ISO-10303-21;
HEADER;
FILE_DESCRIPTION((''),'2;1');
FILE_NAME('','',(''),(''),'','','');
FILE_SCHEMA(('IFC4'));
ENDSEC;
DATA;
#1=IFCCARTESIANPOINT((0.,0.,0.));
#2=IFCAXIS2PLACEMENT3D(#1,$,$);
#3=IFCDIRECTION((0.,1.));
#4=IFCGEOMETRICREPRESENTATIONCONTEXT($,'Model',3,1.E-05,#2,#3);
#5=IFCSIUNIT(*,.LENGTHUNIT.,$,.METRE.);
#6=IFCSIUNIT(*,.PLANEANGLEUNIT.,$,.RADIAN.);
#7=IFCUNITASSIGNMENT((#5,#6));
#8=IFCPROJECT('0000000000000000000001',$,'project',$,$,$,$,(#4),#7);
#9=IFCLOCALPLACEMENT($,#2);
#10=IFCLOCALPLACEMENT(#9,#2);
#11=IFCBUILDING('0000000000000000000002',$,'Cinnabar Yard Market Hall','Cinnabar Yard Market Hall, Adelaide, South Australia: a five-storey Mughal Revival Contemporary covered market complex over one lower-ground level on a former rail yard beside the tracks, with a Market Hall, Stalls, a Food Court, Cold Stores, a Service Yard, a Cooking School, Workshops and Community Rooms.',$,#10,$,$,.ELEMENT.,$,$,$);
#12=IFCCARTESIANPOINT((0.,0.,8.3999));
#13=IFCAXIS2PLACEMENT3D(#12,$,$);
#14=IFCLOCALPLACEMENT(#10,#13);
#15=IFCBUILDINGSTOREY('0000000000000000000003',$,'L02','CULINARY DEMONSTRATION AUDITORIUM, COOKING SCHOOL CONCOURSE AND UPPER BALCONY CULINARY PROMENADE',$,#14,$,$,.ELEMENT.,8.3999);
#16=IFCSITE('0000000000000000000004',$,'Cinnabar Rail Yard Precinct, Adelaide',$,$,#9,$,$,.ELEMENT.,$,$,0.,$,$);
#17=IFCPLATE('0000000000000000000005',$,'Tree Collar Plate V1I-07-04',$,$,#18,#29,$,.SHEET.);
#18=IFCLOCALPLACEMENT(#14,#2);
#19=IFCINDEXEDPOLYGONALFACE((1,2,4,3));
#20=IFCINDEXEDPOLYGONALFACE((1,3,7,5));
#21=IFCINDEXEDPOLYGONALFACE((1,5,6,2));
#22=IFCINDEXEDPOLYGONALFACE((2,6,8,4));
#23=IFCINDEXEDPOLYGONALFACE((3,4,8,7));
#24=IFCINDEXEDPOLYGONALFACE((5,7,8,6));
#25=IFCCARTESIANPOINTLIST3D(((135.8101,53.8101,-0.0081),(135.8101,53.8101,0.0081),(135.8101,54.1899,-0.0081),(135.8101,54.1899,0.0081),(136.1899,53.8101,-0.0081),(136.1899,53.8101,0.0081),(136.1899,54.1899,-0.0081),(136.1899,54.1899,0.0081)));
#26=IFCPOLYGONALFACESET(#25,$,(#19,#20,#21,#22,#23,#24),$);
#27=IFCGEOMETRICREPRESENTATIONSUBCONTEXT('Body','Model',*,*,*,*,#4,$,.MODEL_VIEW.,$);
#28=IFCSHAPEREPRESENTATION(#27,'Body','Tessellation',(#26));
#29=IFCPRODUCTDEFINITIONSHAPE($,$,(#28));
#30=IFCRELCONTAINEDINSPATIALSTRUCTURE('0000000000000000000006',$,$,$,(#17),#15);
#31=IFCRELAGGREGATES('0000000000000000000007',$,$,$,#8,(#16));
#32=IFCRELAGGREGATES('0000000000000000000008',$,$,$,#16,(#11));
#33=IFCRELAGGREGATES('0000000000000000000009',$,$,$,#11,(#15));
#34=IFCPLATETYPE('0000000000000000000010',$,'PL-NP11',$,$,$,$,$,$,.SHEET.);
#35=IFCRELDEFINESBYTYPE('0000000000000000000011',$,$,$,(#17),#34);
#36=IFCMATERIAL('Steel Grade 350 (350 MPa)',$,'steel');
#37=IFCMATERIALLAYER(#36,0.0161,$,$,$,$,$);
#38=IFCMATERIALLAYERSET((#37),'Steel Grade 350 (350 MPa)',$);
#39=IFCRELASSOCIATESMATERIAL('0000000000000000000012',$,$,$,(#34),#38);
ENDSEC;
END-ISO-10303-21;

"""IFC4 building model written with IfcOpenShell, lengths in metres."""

from ifc_helpers import new_model, si_unit, direction, frame, origin, origin_2d_with_axis, place, context, subcontext, project, spatial, rectangle, extrude, material, layer, layer_set, type_object, element, save


model = new_model("IFC4")

# Units and contexts
model_context = context("Model", 3, precision=1e-05, world=origin(), true_north=direction((0.0, 1.0)))
body_context = subcontext(model_context, "Body", "Model", "MODEL_VIEW")
ifc_project = project(units=[si_unit("LENGTHUNIT", "METRE"), si_unit("PLANEANGLEUNIT", "RADIAN")], contexts=[model_context])

# Site, building, storey
site_placement = place(None, origin())
site = spatial("IfcSite", under=ifc_project, at=site_placement, Name="Cinnabar Rail Yard Precinct, Adelaide", CompositionType="ELEMENT", RefElevation=0.0)
building_placement = place(site_placement, origin())
building = spatial("IfcBuilding", under=site, at=building_placement, Name="Cinnabar Yard Market Hall", Description="Cinnabar Yard Market Hall, Adelaide, South Australia: a five-storey Mughal Revival Contemporary covered market complex over one lower-ground level on a former rail yard beside the tracks, with a Market Hall, Stalls, a Food Court, Cold Stores, a Service Yard, a Cooking School, Workshops and Community Rooms.", CompositionType="ELEMENT")
storey_placement = place(building_placement, frame((0.0, 0.0, 8.3999)))
storey = spatial("IfcBuildingStorey", under=building, at=storey_placement, Name="L02", Description="CULINARY DEMONSTRATION AUDITORIUM, COOKING SCHOOL CONCOURSE AND UPPER BALCONY CULINARY PROMENADE", CompositionType="ELEMENT", Elevation=8.3999)

# Plate
ifc_material_1 = material(Name="Steel Grade 350 (350 MPa)", Category="steel")
ifc_layer_1 = layer(ifc_material_1, 0.0161)
ifc_layer_set_1 = layer_set([ifc_layer_1], Name="Steel Grade 350 (350 MPa)")
plate_type_1 = type_object("IfcPlateType", Name="PL-NP11", PredefinedType="SHEET", material=ifc_layer_set_1)
plate_1_placement = place(storey_placement, frame((136.0, 54.0, -0.0081), z_axis=(0.0, 0.0, 1.0), x_axis=(1.0, 0.0, 0.0)))
element("IfcPlate", 1, at=plate_1_placement, inside=storey, type_object=plate_type_1, Name="Tree Collar Plate V1I-07-04", PredefinedType="SHEET", context=body_context, shape_type="SweptSolid", body=[
    extrude(rectangle(XDim=0.3799, YDim=0.3799, at=origin_2d_with_axis()), origin(), (0.0, 0.0, 1.0), 0.0161),
])

save(model, "model.ifc")
